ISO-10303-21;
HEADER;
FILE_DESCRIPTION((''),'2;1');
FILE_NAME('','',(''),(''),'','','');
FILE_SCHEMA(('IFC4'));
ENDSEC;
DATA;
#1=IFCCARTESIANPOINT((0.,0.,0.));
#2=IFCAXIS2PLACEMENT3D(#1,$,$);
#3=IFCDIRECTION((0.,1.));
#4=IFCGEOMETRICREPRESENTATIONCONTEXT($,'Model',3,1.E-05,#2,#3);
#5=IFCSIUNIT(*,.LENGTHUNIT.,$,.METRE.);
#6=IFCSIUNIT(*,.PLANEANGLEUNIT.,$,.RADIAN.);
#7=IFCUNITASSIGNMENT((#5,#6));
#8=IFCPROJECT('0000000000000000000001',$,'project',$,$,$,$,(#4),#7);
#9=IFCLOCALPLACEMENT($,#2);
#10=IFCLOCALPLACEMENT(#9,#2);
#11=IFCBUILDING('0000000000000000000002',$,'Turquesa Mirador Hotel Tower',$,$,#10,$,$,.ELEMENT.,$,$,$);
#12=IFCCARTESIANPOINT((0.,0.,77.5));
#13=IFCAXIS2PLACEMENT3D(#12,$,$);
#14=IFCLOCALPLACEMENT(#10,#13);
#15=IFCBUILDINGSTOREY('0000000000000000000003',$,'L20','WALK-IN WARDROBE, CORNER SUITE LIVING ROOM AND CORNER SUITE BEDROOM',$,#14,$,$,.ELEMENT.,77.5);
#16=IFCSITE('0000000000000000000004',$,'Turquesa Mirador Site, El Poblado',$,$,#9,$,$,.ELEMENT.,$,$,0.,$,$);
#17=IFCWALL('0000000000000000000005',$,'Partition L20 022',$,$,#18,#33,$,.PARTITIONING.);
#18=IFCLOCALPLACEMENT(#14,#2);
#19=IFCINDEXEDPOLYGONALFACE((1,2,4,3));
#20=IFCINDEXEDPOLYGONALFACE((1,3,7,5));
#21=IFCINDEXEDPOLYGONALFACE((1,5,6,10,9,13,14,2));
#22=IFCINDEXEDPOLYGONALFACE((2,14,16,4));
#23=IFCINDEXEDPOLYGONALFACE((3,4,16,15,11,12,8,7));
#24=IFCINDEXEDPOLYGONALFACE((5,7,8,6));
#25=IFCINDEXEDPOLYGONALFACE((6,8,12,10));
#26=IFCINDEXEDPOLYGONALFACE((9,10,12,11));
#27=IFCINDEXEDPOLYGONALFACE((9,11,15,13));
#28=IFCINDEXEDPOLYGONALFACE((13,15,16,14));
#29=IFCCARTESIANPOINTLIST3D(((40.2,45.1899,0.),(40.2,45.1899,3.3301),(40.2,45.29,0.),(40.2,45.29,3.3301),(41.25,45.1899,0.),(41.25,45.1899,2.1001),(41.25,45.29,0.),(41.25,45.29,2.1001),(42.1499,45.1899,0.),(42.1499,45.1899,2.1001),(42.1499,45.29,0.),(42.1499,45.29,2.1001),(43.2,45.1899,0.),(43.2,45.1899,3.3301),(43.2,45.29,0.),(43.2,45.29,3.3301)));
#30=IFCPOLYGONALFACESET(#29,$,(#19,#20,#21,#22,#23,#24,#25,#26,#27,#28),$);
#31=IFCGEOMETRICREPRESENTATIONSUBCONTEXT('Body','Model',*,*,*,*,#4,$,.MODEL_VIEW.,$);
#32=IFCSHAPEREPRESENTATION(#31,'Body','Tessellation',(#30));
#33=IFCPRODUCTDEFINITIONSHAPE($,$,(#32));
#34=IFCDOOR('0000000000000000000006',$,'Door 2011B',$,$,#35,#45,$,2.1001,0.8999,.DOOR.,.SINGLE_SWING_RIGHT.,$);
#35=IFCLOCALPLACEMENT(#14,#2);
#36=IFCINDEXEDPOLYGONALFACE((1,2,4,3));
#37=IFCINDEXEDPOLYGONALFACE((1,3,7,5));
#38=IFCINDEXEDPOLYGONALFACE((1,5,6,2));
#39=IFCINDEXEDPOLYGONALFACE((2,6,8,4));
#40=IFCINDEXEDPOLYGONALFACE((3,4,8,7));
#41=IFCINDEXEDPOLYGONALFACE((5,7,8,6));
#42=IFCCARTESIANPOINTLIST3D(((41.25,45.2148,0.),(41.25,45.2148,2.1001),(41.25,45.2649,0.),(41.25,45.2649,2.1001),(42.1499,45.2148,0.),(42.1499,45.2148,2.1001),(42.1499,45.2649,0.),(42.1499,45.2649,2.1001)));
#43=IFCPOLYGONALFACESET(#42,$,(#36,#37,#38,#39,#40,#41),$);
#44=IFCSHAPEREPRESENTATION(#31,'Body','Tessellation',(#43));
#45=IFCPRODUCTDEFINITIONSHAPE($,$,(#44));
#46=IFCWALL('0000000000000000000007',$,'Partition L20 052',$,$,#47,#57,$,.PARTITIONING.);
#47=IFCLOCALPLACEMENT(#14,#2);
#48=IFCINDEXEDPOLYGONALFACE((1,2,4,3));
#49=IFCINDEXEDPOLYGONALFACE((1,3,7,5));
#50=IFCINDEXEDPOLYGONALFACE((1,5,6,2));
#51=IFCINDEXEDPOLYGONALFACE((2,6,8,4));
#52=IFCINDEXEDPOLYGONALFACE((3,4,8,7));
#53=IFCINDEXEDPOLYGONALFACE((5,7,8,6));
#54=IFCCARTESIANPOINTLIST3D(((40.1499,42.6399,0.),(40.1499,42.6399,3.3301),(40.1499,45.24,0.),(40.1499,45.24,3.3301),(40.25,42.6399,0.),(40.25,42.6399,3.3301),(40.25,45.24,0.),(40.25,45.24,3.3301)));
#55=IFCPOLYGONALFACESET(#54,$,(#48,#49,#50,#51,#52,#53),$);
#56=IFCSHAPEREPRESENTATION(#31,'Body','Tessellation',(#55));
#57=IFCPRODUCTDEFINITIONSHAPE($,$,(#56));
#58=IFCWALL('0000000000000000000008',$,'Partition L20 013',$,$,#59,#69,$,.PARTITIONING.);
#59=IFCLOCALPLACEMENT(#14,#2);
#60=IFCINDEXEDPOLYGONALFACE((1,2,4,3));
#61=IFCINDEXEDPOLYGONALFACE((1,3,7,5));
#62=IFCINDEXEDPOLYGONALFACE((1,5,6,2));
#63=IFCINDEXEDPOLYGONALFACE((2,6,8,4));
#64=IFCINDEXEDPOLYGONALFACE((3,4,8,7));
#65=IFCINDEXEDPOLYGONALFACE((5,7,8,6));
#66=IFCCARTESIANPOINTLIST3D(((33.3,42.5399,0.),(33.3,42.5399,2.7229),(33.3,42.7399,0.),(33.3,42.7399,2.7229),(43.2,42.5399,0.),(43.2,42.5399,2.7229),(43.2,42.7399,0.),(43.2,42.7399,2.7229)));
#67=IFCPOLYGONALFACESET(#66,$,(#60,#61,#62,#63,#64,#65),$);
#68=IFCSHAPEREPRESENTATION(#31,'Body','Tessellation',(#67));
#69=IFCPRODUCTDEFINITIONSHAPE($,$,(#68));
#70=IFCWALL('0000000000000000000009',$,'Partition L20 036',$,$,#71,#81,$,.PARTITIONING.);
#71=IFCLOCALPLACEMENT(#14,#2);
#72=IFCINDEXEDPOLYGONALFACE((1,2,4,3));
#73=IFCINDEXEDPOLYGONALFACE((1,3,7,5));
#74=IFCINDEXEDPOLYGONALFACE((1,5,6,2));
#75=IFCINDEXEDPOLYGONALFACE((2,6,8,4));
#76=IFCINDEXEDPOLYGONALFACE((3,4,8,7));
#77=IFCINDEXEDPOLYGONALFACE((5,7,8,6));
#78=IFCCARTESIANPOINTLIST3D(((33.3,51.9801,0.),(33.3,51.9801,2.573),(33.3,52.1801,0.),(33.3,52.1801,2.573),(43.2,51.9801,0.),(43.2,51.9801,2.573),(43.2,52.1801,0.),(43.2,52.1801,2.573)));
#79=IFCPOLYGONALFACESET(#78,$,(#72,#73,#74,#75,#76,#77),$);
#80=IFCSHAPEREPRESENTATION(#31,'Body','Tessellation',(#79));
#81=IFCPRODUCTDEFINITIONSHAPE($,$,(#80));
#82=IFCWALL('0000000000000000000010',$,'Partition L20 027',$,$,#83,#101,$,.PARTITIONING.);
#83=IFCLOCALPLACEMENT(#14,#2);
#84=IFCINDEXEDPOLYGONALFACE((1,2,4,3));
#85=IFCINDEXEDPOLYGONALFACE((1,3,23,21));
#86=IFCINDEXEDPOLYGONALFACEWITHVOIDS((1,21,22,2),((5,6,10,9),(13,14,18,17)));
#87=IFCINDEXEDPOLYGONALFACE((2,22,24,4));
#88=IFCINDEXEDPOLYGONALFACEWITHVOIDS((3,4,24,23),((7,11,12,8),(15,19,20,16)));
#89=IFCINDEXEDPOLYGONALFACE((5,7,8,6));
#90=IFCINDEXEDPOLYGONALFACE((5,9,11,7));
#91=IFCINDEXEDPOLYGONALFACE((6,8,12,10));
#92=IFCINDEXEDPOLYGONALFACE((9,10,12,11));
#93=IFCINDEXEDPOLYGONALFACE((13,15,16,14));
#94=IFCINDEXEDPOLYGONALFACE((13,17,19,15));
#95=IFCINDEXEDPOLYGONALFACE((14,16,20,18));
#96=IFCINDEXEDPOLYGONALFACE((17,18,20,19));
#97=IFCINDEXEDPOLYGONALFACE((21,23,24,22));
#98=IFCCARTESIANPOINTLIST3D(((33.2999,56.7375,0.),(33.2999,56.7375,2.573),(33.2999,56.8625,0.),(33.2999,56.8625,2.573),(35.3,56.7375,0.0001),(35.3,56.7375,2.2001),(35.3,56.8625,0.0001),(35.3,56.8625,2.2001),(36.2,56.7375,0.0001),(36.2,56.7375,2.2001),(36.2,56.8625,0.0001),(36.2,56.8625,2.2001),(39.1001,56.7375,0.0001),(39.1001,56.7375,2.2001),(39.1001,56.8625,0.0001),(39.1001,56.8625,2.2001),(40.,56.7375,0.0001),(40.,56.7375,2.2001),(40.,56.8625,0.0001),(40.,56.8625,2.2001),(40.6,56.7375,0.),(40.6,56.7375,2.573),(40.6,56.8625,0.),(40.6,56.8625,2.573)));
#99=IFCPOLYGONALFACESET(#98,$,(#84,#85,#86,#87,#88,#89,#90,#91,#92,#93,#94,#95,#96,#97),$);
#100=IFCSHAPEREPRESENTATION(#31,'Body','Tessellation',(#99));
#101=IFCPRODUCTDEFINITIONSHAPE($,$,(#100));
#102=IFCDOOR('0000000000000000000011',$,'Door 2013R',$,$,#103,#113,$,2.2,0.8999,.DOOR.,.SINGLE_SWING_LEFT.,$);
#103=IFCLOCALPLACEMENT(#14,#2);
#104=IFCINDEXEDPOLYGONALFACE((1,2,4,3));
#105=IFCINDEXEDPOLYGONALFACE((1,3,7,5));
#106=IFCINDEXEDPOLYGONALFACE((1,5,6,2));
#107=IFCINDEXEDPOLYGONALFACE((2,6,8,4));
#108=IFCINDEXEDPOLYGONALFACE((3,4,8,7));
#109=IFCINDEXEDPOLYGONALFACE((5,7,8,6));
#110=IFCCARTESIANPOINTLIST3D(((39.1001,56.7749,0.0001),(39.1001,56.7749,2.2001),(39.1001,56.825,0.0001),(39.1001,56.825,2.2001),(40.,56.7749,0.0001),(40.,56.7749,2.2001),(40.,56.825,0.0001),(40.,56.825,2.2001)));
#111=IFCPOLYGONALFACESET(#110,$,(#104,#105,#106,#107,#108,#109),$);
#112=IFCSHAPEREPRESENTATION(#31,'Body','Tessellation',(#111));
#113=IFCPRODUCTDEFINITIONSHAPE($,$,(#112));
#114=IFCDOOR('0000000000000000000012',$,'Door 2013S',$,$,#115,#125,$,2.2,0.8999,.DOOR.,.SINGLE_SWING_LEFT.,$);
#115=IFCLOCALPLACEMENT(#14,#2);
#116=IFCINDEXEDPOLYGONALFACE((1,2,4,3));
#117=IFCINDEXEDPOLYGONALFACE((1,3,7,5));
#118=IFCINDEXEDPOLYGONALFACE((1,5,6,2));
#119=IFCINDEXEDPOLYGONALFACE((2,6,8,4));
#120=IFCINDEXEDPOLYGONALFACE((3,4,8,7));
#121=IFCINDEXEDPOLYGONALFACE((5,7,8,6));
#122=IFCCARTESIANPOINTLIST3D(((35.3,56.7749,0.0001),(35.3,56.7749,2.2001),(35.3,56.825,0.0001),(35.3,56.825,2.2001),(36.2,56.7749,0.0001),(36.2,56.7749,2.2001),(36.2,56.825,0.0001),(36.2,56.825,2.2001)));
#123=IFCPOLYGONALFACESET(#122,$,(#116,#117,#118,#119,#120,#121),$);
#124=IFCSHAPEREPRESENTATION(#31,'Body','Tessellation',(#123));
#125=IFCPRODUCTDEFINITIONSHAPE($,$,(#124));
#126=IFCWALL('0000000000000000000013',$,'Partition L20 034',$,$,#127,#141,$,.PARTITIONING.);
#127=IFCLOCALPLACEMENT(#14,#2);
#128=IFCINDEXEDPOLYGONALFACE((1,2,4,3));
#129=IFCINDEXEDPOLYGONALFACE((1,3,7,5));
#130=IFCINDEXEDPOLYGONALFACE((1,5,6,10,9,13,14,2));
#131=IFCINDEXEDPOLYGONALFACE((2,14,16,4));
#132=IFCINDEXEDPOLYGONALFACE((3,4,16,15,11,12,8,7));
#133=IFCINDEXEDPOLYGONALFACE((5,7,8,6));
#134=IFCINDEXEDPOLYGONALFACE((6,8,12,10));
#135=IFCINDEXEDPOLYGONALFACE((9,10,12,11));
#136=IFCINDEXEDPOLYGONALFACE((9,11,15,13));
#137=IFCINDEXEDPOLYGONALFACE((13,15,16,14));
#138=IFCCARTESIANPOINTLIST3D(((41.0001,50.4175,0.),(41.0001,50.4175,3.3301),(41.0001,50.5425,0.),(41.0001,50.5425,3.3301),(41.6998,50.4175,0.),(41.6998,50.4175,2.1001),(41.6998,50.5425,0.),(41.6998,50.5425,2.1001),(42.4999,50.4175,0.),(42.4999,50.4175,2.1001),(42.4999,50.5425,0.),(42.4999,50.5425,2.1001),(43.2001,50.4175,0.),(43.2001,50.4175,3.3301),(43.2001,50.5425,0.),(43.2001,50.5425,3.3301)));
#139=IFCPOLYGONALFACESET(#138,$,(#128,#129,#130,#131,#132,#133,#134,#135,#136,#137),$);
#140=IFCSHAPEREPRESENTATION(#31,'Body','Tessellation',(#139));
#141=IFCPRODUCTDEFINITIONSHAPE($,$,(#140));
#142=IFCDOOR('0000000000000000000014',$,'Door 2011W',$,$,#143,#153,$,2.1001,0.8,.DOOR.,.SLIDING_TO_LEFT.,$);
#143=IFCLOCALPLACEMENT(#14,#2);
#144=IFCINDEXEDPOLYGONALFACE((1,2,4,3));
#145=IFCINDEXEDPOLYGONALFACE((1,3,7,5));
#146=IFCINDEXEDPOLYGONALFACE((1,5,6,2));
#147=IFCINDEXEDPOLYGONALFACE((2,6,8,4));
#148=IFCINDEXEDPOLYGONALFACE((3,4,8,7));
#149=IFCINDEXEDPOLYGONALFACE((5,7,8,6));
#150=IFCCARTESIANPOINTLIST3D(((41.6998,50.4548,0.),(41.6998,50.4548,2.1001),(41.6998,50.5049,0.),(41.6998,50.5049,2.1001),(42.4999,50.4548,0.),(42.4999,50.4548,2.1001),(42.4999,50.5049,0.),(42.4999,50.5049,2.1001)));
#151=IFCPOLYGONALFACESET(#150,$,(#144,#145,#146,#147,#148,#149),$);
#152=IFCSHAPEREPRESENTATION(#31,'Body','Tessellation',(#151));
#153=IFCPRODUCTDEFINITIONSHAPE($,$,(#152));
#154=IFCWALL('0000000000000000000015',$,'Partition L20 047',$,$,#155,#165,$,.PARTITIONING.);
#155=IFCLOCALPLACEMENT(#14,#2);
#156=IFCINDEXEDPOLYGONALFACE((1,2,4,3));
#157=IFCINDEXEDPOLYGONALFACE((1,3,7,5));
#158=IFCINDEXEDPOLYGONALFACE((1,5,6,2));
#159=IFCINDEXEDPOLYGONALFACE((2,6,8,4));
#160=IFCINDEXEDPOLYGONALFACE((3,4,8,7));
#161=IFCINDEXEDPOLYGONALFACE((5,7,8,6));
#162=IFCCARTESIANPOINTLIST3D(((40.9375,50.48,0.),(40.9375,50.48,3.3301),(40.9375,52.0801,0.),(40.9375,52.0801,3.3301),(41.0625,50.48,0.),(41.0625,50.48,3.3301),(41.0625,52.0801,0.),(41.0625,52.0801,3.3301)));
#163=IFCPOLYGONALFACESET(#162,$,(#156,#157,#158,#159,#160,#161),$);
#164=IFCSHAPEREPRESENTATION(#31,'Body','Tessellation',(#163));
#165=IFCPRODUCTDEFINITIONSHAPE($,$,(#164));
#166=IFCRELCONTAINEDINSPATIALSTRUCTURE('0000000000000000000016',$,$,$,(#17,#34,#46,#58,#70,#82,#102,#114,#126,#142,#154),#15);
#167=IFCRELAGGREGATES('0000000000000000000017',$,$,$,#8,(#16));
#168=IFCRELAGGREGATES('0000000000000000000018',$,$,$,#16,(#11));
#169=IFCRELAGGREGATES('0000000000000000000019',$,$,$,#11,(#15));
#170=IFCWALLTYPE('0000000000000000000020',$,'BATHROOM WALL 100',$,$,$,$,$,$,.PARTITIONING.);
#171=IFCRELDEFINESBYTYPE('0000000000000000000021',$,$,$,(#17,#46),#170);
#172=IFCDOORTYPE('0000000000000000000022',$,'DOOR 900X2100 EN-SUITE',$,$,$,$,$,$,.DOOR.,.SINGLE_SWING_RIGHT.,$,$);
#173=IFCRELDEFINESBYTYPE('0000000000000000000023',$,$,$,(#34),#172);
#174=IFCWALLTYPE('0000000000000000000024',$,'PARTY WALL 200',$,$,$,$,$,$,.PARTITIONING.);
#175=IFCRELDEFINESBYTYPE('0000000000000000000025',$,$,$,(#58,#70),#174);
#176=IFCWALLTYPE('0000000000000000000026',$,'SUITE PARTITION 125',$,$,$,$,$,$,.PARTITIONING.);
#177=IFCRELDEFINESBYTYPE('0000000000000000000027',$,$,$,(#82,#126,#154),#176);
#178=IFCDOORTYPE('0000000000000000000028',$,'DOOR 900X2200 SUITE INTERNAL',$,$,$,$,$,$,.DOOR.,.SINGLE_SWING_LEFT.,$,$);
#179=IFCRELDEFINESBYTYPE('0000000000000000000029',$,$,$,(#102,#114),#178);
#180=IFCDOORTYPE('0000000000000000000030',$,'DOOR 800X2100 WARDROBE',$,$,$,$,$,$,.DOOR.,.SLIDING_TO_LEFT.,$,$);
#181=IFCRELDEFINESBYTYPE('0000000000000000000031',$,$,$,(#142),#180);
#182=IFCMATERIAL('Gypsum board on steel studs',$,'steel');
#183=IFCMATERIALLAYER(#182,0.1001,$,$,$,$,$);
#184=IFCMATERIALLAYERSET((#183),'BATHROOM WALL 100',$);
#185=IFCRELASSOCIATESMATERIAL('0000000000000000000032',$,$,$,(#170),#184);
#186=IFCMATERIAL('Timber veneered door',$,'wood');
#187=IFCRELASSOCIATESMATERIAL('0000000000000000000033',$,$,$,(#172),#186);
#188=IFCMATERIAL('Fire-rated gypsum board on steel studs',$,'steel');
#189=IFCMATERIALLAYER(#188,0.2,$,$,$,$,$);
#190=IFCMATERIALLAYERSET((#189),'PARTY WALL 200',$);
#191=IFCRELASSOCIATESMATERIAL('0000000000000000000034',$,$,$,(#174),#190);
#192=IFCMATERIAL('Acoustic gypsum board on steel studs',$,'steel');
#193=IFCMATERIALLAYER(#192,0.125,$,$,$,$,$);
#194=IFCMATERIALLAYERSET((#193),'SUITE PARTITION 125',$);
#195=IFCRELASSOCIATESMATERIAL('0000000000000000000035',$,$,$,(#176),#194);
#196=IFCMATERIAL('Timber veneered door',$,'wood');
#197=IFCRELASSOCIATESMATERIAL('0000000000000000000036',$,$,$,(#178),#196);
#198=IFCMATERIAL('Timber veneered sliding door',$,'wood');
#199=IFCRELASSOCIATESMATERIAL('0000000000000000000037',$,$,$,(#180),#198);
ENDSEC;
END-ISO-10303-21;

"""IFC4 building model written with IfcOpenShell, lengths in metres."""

from ifc_helpers import new_model, si_unit, direction, frame, frame_2d, origin, place, context, subcontext, project, spatial, rectangle, extrude, material, layer, layer_set, type_object, element, fill, save


model = new_model("IFC4")

# Units and contexts
model_context = context("Model", 3, precision=1e-05, world=origin(), true_north=direction((0.0, 1.0)))
body_context = subcontext(model_context, "Body", "Model", "MODEL_VIEW")
ifc_project = project(units=[si_unit("LENGTHUNIT", "METRE"), si_unit("PLANEANGLEUNIT", "RADIAN")], contexts=[model_context])

# Site, building, storey
site_placement = place(None, origin())
site = spatial("IfcSite", under=ifc_project, at=site_placement, Name="Turquesa Mirador Site, El Poblado", CompositionType="ELEMENT", RefElevation=0.0)
building_placement = place(site_placement, origin())
building = spatial("IfcBuilding", under=site, at=building_placement, Name="Turquesa Mirador Hotel Tower", CompositionType="ELEMENT")
storey_placement = place(building_placement, frame((0.0, 0.0, 77.5)))
storey = spatial("IfcBuildingStorey", under=building, at=storey_placement, Name="L20", Description="WALK-IN WARDROBE, CORNER SUITE LIVING ROOM AND CORNER SUITE BEDROOM", CompositionType="ELEMENT", Elevation=77.5)

# Wall, opening, door
ifc_material_1 = material(Name="Gypsum board on steel studs", Category="steel")
ifc_layer_1 = layer(ifc_material_1, 0.1001)
ifc_layer_set_1 = layer_set([ifc_layer_1], Name="BATHROOM WALL 100")
wall_type_1 = type_object("IfcWallType", Name="BATHROOM WALL 100", PredefinedType="PARTITIONING", material=ifc_layer_set_1)
wall_1_placement = place(storey_placement, frame((40.2, 45.24, 0.0), z_axis=(0.0, 0.0, 1.0), x_axis=(1.0, 0.0, 0.0)))
wall_1 = element("IfcWall", 1, at=wall_1_placement, inside=storey, type_object=wall_type_1, Name="Partition L20 022", PredefinedType="PARTITIONING", context=body_context, shape_type="SweptSolid", body=[
    extrude(rectangle(XDim=3.0, YDim=0.1001, at=frame_2d((1.5, 0.0))), origin(), (0.0, 0.0, 1.0), 3.3301),
])
opening_1_placement = place(wall_1_placement, frame((1.05, 0.0, 0.0)))
opening_1 = element("IfcOpeningElement", 2, at=opening_1_placement, cuts=wall_1, PredefinedType="OPENING", context=body_context, shape_type="SweptSolid", body=[
    extrude(rectangle(XDim=0.8999, YDim=2.1001, at=frame_2d((0.45, 1.05))), frame((0.0, 0.0601, 0.0), z_axis=(0.0, -1.0, 0.0), x_axis=(1.0, 0.0, 0.0)), (0.0, 0.0, 1.0), 0.1201),
])
ifc_material_2 = material(Name="Timber veneered door", Category="wood")
door_type_1 = type_object("IfcDoorType", Name="DOOR 900X2100 EN-SUITE", OperationType="SINGLE_SWING_RIGHT", PredefinedType="DOOR", material=ifc_material_2)
door_1_placement = place(opening_1_placement, origin())
door_1 = element("IfcDoor", 3, at=door_1_placement, inside=storey, type_object=door_type_1, Name="Door 2011B", OperationType="SINGLE_SWING_RIGHT", OverallHeight=2.1001, OverallWidth=0.8999, PredefinedType="DOOR", context=body_context, shape_type="SweptSolid", body=[
    extrude(rectangle(XDim=0.8999, YDim=2.1001, at=frame_2d((0.45, 1.05))), frame((0.0, 0.0249, 0.0), z_axis=(0.0, -1.0, 0.0), x_axis=(1.0, 0.0, 0.0)), (0.0, 0.0, 1.0), 0.05),
])
fill(opening_1, door_1)

# Walls
wall_2_placement = place(storey_placement, frame((40.2, 42.6399, 0.0), z_axis=(0.0, 0.0, 1.0), x_axis=(0.0, 1.0, 0.0)))
element("IfcWall", 4, at=wall_2_placement, inside=storey, type_object=wall_type_1, Name="Partition L20 052", PredefinedType="PARTITIONING", context=body_context, shape_type="SweptSolid", body=[
    extrude(rectangle(XDim=2.6001, YDim=0.1001, at=frame_2d((1.3, 0.0))), origin(), (0.0, 0.0, 1.0), 3.3301),
])
ifc_material_3 = material(Name="Fire-rated gypsum board on steel studs", Category="steel")
ifc_layer_2 = layer(ifc_material_3, 0.2)
ifc_layer_set_2 = layer_set([ifc_layer_2], Name="PARTY WALL 200")
wall_type_2 = type_object("IfcWallType", Name="PARTY WALL 200", PredefinedType="PARTITIONING", material=ifc_layer_set_2)
wall_3_placement = place(storey_placement, frame((33.3, 42.6399, 0.0), z_axis=(0.0, 0.0, 1.0), x_axis=(1.0, 0.0, 0.0)))
element("IfcWall", 5, at=wall_3_placement, inside=storey, type_object=wall_type_2, Name="Partition L20 013", PredefinedType="PARTITIONING", context=body_context, shape_type="SweptSolid", body=[
    extrude(rectangle(XDim=9.8999, YDim=0.2, at=frame_2d((4.95, 0.0))), origin(), (0.0, 0.0, 1.0), 2.7229),
])
wall_4_placement = place(storey_placement, frame((33.3, 52.0801, 0.0), z_axis=(0.0, 0.0, 1.0), x_axis=(1.0, 0.0, 0.0)))
element("IfcWall", 6, at=wall_4_placement, inside=storey, type_object=wall_type_2, Name="Partition L20 036", PredefinedType="PARTITIONING", context=body_context, shape_type="SweptSolid", body=[
    extrude(rectangle(XDim=9.8999, YDim=0.2, at=frame_2d((4.95, 0.0))), origin(), (0.0, 0.0, 1.0), 2.573),
])

# Wall, openings, doors
ifc_material_4 = material(Name="Acoustic gypsum board on steel studs", Category="steel")
ifc_layer_3 = layer(ifc_material_4, 0.125)
ifc_layer_set_3 = layer_set([ifc_layer_3], Name="SUITE PARTITION 125")
wall_type_3 = type_object("IfcWallType", Name="SUITE PARTITION 125", PredefinedType="PARTITIONING", material=ifc_layer_set_3)
wall_5_placement = place(storey_placement, frame((33.3, 56.8, 0.0), z_axis=(0.0, 0.0, 1.0), x_axis=(1.0, 0.0, 0.0)))
wall_5 = element("IfcWall", 7, at=wall_5_placement, inside=storey, type_object=wall_type_3, Name="Partition L20 027", PredefinedType="PARTITIONING", context=body_context, shape_type="SweptSolid", body=[
    extrude(rectangle(XDim=7.3, YDim=0.125, at=frame_2d((3.6499, 0.0))), origin(), (0.0, 0.0, 1.0), 2.573),
])
opening_2_placement = place(wall_5_placement, frame((5.8, 0.0, 0.0)))
opening_2 = element("IfcOpeningElement", 8, at=opening_2_placement, cuts=wall_5, PredefinedType="OPENING", context=body_context, shape_type="SweptSolid", body=[
    extrude(rectangle(XDim=0.8999, YDim=2.2, at=frame_2d((0.45, 1.1001))), frame((0.0, 0.0725, 0.0), z_axis=(0.0, -1.0, 0.0), x_axis=(1.0, 0.0, 0.0)), (0.0, 0.0, 1.0), 0.145),
])
opening_3_placement = place(wall_5_placement, frame((2.0, 0.0, 0.0)))
opening_3 = element("IfcOpeningElement", 9, at=opening_3_placement, cuts=wall_5, PredefinedType="OPENING", context=body_context, shape_type="SweptSolid", body=[
    extrude(rectangle(XDim=0.8999, YDim=2.2, at=frame_2d((0.45, 1.1001))), frame((0.0, 0.0725, 0.0), z_axis=(0.0, -1.0, 0.0), x_axis=(1.0, 0.0, 0.0)), (0.0, 0.0, 1.0), 0.145),
])
ifc_material_5 = material(Name="Timber veneered door", Category="wood")
door_type_2 = type_object("IfcDoorType", Name="DOOR 900X2200 SUITE INTERNAL", OperationType="SINGLE_SWING_LEFT", PredefinedType="DOOR", material=ifc_material_5)
door_2_placement = place(opening_2_placement, origin())
door_2 = element("IfcDoor", 10, at=door_2_placement, inside=storey, type_object=door_type_2, Name="Door 2013R", OperationType="SINGLE_SWING_LEFT", OverallHeight=2.2, OverallWidth=0.8999, PredefinedType="DOOR", context=body_context, shape_type="SweptSolid", body=[
    extrude(rectangle(XDim=0.8999, YDim=2.2, at=frame_2d((0.45, 1.1001))), frame((0.0, 0.0249, 0.0), z_axis=(0.0, -1.0, 0.0), x_axis=(1.0, 0.0, 0.0)), (0.0, 0.0, 1.0), 0.05),
])
fill(opening_2, door_2)
door_3_placement = place(opening_3_placement, origin())
door_3 = element("IfcDoor", 11, at=door_3_placement, inside=storey, type_object=door_type_2, Name="Door 2013S", OperationType="SINGLE_SWING_LEFT", OverallHeight=2.2, OverallWidth=0.8999, PredefinedType="DOOR", context=body_context, shape_type="SweptSolid", body=[
    extrude(rectangle(XDim=0.8999, YDim=2.2, at=frame_2d((0.45, 1.1001))), frame((0.0, 0.0249, 0.0), z_axis=(0.0, -1.0, 0.0), x_axis=(1.0, 0.0, 0.0)), (0.0, 0.0, 1.0), 0.05),
])
fill(opening_3, door_3)

# Wall, opening, door
wall_6_placement = place(storey_placement, frame((41.0, 50.48, 0.0), z_axis=(0.0, 0.0, 1.0), x_axis=(1.0, 0.0, 0.0)))
wall_6 = element("IfcWall", 12, at=wall_6_placement, inside=storey, type_object=wall_type_3, Name="Partition L20 034", PredefinedType="PARTITIONING", context=body_context, shape_type="SweptSolid", body=[
    extrude(rectangle(XDim=2.2, YDim=0.125, at=frame_2d((1.1001, 0.0))), origin(), (0.0, 0.0, 1.0), 3.3301),
])
opening_4_placement = place(wall_6_placement, frame((0.7, 0.0, 0.0)))
opening_4 = element("IfcOpeningElement", 13, at=opening_4_placement, cuts=wall_6, PredefinedType="OPENING", context=body_context, shape_type="SweptSolid", body=[
    extrude(rectangle(XDim=0.8, YDim=2.1001, at=frame_2d((0.3999, 1.05))), frame((0.0, 0.0725, 0.0), z_axis=(0.0, -1.0, 0.0), x_axis=(1.0, 0.0, 0.0)), (0.0, 0.0, 1.0), 0.145),
])
ifc_material_6 = material(Name="Timber veneered sliding door", Category="wood")
door_type_3 = type_object("IfcDoorType", Name="DOOR 800X2100 WARDROBE", OperationType="SLIDING_TO_LEFT", PredefinedType="DOOR", material=ifc_material_6)
door_4_placement = place(opening_4_placement, origin())
door_4 = element("IfcDoor", 14, at=door_4_placement, inside=storey, type_object=door_type_3, Name="Door 2011W", OperationType="SLIDING_TO_LEFT", OverallHeight=2.1001, OverallWidth=0.8, PredefinedType="DOOR", context=body_context, shape_type="SweptSolid", body=[
    extrude(rectangle(XDim=0.8, YDim=2.1001, at=frame_2d((0.3999, 1.05))), frame((0.0, 0.0249, 0.0), z_axis=(0.0, -1.0, 0.0), x_axis=(1.0, 0.0, 0.0)), (0.0, 0.0, 1.0), 0.05),
])
fill(opening_4, door_4)

# Wall
wall_7_placement = place(storey_placement, frame((41.0, 50.48, 0.0), z_axis=(0.0, 0.0, 1.0), x_axis=(0.0, 1.0, 0.0)))
element("IfcWall", 15, at=wall_7_placement, inside=storey, type_object=wall_type_3, Name="Partition L20 047", PredefinedType="PARTITIONING", context=body_context, shape_type="SweptSolid", body=[
    extrude(rectangle(XDim=1.6001, YDim=0.125, at=frame_2d((0.8, 0.0))), origin(), (0.0, 0.0, 1.0), 3.3301),
])

save(model, "model.ifc")
